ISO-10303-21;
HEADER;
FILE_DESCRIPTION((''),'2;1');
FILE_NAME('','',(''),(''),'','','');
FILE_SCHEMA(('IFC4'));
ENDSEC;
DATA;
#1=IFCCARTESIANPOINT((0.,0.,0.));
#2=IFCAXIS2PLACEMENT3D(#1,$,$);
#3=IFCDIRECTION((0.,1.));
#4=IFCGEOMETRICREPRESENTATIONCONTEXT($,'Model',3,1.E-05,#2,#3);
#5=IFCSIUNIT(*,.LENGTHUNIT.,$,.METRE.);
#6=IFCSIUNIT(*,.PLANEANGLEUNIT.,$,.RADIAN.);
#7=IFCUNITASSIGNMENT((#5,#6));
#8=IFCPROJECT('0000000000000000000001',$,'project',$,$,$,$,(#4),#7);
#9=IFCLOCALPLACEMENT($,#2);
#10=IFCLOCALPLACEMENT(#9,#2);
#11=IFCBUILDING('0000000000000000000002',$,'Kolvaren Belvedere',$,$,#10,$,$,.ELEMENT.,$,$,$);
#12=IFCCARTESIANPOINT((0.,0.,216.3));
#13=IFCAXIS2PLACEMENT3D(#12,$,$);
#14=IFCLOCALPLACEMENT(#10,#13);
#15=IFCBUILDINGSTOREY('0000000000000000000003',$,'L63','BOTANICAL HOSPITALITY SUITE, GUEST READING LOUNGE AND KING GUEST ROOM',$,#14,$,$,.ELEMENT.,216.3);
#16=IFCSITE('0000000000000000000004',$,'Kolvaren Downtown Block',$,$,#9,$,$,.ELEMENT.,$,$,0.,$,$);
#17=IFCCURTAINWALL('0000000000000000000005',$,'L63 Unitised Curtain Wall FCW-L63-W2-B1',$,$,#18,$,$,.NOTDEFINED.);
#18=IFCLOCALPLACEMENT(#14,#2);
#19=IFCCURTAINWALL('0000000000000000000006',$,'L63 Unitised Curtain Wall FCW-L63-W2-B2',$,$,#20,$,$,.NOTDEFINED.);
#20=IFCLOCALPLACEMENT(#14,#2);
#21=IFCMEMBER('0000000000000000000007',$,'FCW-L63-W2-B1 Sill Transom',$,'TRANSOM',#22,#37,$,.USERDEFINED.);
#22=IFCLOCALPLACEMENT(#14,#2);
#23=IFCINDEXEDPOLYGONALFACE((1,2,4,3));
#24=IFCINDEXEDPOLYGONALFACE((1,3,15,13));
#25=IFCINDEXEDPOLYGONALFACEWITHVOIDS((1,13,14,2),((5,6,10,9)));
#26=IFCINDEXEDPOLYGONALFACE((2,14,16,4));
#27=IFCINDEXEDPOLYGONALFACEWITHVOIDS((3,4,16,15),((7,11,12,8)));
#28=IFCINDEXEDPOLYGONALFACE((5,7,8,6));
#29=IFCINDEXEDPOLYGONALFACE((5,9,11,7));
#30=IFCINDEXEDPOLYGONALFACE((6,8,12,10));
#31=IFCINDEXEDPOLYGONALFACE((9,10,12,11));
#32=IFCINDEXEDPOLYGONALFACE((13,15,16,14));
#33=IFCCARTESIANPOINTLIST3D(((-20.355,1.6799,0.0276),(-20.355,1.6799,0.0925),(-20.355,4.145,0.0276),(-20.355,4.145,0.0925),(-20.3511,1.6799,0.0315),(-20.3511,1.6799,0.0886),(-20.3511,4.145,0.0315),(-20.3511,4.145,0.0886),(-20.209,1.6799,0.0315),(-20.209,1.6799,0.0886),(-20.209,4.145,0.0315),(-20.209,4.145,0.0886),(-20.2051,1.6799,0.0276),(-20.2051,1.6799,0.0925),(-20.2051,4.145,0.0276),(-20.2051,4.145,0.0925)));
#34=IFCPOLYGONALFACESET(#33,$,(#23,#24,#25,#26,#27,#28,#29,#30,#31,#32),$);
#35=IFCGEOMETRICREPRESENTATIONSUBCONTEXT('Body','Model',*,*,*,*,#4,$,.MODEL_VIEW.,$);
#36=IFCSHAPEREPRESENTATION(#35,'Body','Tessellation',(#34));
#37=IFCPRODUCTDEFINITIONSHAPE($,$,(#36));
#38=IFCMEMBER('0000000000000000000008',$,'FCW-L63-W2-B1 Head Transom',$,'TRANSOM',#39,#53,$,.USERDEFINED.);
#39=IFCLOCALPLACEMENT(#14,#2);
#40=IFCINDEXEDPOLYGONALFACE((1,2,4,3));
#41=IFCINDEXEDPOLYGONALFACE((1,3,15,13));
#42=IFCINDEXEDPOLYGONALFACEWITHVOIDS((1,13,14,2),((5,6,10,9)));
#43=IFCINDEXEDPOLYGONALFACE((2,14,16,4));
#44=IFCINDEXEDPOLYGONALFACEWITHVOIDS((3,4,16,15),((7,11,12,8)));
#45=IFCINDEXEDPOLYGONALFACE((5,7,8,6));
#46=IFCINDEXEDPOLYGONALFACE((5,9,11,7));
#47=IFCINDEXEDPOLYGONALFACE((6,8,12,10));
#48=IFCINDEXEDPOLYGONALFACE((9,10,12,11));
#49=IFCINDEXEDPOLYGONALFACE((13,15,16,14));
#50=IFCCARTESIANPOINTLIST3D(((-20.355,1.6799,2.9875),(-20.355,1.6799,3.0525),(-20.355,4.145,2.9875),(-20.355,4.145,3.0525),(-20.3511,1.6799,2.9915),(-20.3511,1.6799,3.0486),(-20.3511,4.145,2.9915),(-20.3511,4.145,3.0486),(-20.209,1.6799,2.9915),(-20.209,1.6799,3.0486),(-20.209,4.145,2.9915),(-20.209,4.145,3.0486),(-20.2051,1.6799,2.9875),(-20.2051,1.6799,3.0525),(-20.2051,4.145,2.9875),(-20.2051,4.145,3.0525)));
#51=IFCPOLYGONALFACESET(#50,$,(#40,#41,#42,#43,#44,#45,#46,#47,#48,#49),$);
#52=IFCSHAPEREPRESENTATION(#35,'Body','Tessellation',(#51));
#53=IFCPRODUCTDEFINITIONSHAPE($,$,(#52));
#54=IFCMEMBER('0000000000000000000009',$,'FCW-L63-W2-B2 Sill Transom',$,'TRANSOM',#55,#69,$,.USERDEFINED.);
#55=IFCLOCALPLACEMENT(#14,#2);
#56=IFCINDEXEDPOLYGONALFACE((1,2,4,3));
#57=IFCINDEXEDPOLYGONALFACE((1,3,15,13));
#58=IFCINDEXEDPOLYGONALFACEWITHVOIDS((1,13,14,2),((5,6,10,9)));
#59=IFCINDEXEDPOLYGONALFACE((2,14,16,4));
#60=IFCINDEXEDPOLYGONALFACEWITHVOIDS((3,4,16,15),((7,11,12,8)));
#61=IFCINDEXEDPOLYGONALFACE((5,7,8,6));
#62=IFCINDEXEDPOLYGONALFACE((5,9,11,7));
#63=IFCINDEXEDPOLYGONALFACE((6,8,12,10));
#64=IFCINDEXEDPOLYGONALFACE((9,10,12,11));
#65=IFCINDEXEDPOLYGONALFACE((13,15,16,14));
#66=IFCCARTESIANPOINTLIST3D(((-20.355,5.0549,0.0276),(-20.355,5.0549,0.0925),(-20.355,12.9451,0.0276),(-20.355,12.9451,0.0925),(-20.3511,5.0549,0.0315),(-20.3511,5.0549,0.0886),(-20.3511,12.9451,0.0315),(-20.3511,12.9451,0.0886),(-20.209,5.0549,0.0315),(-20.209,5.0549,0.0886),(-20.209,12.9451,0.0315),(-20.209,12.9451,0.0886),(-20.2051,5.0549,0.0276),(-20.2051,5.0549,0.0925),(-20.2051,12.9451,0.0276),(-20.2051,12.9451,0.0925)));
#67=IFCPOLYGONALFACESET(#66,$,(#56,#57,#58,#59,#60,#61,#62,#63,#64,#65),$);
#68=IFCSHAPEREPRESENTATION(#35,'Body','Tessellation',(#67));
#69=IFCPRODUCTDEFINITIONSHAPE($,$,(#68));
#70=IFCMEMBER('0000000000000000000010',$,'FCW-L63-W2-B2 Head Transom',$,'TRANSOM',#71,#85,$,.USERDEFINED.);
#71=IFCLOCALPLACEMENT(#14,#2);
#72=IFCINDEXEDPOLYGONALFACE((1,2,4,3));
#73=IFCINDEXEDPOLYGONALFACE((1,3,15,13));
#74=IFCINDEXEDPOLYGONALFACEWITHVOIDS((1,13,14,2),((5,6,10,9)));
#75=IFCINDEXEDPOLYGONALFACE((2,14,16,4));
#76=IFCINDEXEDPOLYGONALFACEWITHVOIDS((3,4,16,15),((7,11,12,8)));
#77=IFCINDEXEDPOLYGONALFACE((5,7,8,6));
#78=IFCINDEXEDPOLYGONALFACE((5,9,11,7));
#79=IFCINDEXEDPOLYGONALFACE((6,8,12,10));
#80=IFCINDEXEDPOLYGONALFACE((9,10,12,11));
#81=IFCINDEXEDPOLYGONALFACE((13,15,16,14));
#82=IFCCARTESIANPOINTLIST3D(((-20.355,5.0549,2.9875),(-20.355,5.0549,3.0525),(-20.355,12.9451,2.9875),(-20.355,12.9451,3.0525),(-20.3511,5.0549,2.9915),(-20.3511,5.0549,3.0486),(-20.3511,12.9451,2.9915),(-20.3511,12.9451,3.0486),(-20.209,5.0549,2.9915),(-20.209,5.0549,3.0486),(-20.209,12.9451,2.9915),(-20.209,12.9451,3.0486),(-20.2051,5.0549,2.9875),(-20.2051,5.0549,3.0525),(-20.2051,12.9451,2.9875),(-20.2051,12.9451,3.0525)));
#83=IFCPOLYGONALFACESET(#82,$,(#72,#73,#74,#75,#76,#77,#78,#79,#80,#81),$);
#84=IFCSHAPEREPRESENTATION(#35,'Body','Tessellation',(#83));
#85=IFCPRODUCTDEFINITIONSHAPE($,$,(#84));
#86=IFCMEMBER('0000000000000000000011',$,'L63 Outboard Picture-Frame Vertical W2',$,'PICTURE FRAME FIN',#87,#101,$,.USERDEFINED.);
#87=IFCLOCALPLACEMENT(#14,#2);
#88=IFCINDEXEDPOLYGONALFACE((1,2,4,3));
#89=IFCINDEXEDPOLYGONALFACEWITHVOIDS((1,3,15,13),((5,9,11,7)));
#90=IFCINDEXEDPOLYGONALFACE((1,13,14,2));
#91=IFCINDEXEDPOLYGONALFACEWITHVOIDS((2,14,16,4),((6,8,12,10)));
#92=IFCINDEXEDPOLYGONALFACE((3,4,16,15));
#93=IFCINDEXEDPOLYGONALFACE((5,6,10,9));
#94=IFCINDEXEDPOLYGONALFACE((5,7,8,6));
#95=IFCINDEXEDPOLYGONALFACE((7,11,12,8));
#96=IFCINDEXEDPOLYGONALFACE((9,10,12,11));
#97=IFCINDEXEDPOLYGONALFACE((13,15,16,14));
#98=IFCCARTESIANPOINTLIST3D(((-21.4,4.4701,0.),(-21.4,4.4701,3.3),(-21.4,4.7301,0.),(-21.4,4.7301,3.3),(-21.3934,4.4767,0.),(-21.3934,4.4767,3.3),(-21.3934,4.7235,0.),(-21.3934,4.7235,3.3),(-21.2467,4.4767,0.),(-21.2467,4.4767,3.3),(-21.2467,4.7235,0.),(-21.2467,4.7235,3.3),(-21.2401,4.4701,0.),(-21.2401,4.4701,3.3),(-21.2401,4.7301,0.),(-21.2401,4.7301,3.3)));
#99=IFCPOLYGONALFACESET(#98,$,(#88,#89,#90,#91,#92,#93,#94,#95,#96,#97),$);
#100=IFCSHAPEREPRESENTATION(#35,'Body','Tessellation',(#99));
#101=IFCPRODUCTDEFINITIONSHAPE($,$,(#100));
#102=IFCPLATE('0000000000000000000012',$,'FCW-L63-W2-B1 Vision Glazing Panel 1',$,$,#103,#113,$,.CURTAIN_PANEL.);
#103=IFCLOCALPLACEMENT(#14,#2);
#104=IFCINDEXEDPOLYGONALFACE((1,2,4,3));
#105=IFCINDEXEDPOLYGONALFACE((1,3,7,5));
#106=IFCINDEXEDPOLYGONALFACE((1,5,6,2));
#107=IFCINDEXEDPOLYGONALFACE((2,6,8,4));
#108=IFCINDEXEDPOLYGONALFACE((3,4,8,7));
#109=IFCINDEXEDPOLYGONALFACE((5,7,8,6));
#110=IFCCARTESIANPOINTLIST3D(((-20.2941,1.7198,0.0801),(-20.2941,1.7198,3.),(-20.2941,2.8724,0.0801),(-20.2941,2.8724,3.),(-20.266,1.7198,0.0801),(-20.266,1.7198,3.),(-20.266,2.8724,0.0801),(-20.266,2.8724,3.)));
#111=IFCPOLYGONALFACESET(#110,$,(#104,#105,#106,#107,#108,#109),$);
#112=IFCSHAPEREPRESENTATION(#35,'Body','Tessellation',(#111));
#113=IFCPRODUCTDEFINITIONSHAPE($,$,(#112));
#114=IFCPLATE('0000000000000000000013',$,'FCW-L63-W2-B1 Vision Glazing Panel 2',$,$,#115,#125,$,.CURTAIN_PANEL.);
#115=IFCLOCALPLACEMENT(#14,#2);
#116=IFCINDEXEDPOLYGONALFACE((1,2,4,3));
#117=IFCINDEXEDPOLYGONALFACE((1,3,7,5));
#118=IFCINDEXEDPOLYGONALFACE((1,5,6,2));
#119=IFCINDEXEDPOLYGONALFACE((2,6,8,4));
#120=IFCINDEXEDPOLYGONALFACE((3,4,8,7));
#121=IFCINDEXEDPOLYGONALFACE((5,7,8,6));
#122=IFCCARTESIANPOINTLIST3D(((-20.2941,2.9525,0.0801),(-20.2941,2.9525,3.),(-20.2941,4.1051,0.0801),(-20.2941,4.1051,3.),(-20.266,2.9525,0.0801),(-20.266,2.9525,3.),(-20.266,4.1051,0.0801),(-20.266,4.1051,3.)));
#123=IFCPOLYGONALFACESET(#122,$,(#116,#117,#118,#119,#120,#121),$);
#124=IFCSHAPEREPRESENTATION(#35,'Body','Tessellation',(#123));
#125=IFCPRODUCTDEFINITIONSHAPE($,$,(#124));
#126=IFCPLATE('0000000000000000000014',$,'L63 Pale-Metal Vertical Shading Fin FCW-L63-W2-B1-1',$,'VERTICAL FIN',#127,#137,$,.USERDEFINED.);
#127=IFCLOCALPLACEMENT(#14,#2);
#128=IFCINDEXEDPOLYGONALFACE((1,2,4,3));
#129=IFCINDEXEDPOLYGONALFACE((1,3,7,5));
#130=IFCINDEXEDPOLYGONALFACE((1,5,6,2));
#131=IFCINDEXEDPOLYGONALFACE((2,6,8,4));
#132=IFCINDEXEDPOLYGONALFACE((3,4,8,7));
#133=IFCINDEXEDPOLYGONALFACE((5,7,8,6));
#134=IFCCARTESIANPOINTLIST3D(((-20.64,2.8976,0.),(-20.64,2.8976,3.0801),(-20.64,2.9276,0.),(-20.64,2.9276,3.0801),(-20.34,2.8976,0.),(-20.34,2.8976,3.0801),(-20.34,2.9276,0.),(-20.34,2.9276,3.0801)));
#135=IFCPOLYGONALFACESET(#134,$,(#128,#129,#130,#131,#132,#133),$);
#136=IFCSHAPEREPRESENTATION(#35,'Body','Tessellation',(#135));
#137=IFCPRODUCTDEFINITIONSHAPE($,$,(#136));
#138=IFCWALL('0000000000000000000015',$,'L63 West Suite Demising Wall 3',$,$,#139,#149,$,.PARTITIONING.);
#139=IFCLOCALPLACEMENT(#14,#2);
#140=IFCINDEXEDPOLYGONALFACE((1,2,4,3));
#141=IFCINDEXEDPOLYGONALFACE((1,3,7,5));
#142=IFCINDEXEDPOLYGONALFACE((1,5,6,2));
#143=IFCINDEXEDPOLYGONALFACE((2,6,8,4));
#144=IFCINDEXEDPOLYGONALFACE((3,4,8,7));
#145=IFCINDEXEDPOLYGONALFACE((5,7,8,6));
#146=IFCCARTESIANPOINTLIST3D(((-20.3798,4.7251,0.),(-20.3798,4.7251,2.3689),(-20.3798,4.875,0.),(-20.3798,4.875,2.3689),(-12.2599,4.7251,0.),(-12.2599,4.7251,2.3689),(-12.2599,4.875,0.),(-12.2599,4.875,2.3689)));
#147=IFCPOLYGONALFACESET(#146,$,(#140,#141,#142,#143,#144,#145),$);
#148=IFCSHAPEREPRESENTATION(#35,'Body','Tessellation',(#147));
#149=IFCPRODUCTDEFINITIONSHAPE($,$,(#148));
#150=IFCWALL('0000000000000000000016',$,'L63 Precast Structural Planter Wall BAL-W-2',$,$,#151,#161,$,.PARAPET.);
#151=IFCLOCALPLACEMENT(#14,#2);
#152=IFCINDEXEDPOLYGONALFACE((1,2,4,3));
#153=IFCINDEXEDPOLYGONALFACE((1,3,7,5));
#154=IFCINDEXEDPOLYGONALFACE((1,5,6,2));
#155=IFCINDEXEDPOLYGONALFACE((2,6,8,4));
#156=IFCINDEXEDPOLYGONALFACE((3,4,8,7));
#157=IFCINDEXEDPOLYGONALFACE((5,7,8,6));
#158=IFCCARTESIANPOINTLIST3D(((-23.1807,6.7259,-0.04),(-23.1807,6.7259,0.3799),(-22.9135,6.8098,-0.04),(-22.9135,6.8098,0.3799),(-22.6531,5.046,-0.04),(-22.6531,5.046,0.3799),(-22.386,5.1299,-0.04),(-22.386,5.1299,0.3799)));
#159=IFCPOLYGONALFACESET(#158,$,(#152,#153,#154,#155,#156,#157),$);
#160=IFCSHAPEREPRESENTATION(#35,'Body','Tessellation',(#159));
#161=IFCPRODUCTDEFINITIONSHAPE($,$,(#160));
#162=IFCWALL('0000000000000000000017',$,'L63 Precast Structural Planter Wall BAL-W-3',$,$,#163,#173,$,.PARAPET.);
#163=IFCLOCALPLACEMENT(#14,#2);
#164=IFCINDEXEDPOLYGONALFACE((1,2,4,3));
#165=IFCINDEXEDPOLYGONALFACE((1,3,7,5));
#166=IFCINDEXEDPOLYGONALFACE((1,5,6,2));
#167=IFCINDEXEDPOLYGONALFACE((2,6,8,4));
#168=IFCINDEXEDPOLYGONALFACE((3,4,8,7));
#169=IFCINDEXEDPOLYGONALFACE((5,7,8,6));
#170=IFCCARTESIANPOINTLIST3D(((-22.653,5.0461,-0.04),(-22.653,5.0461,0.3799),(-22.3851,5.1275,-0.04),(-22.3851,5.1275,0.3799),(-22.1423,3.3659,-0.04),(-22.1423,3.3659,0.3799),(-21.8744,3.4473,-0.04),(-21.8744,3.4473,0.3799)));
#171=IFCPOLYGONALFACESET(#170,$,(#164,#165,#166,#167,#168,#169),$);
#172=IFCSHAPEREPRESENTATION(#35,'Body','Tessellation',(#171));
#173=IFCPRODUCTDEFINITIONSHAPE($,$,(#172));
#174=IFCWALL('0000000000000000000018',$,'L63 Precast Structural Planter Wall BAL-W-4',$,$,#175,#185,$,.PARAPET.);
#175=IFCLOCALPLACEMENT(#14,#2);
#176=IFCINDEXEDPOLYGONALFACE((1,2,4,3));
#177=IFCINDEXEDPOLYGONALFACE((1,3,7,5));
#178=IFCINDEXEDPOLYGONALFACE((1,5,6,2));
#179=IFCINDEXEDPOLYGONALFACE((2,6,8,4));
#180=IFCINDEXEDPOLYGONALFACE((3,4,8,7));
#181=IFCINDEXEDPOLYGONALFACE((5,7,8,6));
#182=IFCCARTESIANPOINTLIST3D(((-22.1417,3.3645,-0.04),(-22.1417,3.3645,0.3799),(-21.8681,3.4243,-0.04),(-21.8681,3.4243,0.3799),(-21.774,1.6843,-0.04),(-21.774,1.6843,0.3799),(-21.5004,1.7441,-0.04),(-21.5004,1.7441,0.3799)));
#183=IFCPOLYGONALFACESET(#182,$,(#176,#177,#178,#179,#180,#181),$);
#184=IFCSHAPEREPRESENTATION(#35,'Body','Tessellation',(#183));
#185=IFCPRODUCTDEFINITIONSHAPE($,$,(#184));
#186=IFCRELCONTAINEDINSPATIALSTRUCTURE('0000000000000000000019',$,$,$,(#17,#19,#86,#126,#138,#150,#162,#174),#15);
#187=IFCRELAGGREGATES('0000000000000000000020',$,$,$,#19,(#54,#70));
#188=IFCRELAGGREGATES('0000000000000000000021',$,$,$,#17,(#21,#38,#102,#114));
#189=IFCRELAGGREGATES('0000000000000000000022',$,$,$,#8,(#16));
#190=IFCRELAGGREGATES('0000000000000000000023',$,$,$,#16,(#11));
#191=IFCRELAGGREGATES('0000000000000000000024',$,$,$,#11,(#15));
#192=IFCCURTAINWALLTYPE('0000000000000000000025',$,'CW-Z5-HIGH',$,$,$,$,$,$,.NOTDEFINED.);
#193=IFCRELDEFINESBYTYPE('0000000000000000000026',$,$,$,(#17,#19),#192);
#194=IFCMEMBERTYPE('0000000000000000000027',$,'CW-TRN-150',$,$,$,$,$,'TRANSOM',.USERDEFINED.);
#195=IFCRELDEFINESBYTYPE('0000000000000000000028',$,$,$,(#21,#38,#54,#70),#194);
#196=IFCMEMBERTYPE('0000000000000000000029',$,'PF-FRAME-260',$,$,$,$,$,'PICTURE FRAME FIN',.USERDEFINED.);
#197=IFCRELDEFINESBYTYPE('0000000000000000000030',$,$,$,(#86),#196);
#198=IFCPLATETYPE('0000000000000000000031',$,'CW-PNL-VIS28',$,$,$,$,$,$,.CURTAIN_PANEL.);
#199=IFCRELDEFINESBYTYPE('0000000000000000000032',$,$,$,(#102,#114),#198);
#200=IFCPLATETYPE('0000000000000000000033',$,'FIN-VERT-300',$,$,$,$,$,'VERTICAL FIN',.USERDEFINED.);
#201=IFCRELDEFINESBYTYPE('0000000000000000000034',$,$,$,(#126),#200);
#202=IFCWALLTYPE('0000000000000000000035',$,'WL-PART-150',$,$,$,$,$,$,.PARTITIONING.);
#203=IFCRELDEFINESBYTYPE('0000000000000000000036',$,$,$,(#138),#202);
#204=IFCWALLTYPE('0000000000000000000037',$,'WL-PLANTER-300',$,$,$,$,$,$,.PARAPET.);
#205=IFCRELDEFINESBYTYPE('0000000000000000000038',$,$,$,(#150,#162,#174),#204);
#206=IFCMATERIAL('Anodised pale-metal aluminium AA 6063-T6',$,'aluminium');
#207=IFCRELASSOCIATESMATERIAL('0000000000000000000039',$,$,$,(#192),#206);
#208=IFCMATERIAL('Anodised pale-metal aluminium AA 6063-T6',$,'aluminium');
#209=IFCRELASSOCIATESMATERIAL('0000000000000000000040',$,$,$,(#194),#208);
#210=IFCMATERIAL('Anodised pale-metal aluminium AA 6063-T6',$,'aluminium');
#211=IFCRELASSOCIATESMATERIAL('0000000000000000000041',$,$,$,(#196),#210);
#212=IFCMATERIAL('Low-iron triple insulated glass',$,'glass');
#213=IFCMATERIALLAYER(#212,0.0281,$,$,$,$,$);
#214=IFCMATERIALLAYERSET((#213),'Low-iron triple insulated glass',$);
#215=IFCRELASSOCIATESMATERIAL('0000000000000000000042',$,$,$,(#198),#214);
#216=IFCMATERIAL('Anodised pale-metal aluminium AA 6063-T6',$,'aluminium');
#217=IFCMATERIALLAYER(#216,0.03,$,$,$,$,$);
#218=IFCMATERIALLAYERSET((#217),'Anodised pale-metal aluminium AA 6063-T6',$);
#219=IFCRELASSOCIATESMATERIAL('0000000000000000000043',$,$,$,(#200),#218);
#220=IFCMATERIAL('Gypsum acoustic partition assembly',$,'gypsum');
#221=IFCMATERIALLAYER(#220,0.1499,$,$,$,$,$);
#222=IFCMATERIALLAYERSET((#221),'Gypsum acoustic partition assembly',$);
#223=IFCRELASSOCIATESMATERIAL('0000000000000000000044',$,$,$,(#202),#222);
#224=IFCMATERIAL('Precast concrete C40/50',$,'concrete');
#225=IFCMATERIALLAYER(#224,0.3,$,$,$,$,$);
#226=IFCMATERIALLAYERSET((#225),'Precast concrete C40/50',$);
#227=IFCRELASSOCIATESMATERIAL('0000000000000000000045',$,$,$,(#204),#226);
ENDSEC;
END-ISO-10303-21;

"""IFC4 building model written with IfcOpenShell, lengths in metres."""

from ifc_helpers import new_model, si_unit, direction, frame, frame_2d, origin, origin_2d, place, context, subcontext, project, spatial, rectangle, hollow_rectangle, extrude, material, layer, layer_set, material_profile, profile_set, type_object, element, aggregate, save


model = new_model("IFC4")

# Units and contexts
model_context = context("Model", 3, precision=1e-05, world=origin(), true_north=direction((0.0, 1.0)))
body_context = subcontext(model_context, "Body", "Model", "MODEL_VIEW")
ifc_project = project(units=[si_unit("LENGTHUNIT", "METRE"), si_unit("PLANEANGLEUNIT", "RADIAN")], contexts=[model_context])

# Site, building, storey
site_placement = place(None, origin())
site = spatial("IfcSite", under=ifc_project, at=site_placement, Name="Kolvaren Downtown Block", CompositionType="ELEMENT", RefElevation=0.0)
building_placement = place(site_placement, origin())
building = spatial("IfcBuilding", under=site, at=building_placement, Name="Kolvaren Belvedere", CompositionType="ELEMENT")
storey_placement = place(building_placement, frame((0.0, 0.0, 216.3)))
storey = spatial("IfcBuildingStorey", under=building, at=storey_placement, Name="L63", Description="BOTANICAL HOSPITALITY SUITE, GUEST READING LOUNGE AND KING GUEST ROOM", CompositionType="ELEMENT", Elevation=216.3)

# Curtain wall
ifc_material_1 = material(Name="Anodised pale-metal aluminium AA 6063-T6", Category="aluminium")
curtain_wall_type = type_object("IfcCurtainWallType", Name="CW-Z5-HIGH", PredefinedType="NOTDEFINED", material=ifc_material_1)
curtain_wall_1_placement = place(storey_placement, origin())
curtain_wall_1 = element("IfcCurtainWall", 1, at=curtain_wall_1_placement, inside=storey, type_object=curtain_wall_type, Name="L63 Unitised Curtain Wall FCW-L63-W2-B1", PredefinedType="NOTDEFINED")

# Curtain wall
curtain_wall_2_placement = place(storey_placement, origin())
curtain_wall_2 = element("IfcCurtainWall", 2, at=curtain_wall_2_placement, inside=storey, type_object=curtain_wall_type, Name="L63 Unitised Curtain Wall FCW-L63-W2-B2", PredefinedType="NOTDEFINED")

# Members
ifc_material_2 = material(Name="Anodised pale-metal aluminium AA 6063-T6", Category="aluminium")
ifc_material_profile_1 = material_profile(ifc_material_2, hollow_rectangle(XDim=0.0649, YDim=0.1499, WallThickness=0.0039, at=origin_2d()), Name="ALU-TRN-150X65")
ifc_profile_set_1 = profile_set([ifc_material_profile_1], Name="Anodised pale-metal aluminium AA 6063-T6")
member_type_1 = type_object("IfcMemberType", Name="CW-TRN-150", ElementType="TRANSOM", PredefinedType="USERDEFINED", material=ifc_profile_set_1)
member_1_placement = place(storey_placement, frame((-20.28, 1.6799, 0.0601), z_axis=(0.0, 1.0, 0.0), x_axis=(0.0, 0.0, 1.0)))
member_1 = element("IfcMember", 3, at=member_1_placement, type_object=member_type_1, Name="FCW-L63-W2-B1 Sill Transom", ObjectType="TRANSOM", PredefinedType="USERDEFINED", context=body_context, shape_type="SweptSolid", body=[
    extrude(hollow_rectangle(XDim=0.0649, YDim=0.1499, WallThickness=0.0039, at=origin_2d()), origin(), (0.0, 0.0, 1.0), 2.4651),
])
member_2_placement = place(storey_placement, frame((-20.28, 1.6799, 3.02), z_axis=(0.0, 1.0, 0.0), x_axis=(0.0, 0.0, 1.0)))
member_2 = element("IfcMember", 4, at=member_2_placement, type_object=member_type_1, Name="FCW-L63-W2-B1 Head Transom", ObjectType="TRANSOM", PredefinedType="USERDEFINED", context=body_context, shape_type="SweptSolid", body=[
    extrude(hollow_rectangle(XDim=0.0649, YDim=0.1499, WallThickness=0.0039, at=origin_2d()), origin(), (0.0, 0.0, 1.0), 2.4651),
])
member_3_placement = place(storey_placement, frame((-20.28, 5.0549, 0.0601), z_axis=(0.0, 1.0, 0.0), x_axis=(0.0, 0.0, 1.0)))
member_3 = element("IfcMember", 5, at=member_3_placement, type_object=member_type_1, Name="FCW-L63-W2-B2 Sill Transom", ObjectType="TRANSOM", PredefinedType="USERDEFINED", context=body_context, shape_type="SweptSolid", body=[
    extrude(hollow_rectangle(XDim=0.0649, YDim=0.1499, WallThickness=0.0039, at=origin_2d()), origin(), (0.0, 0.0, 1.0), 7.8901),
])
member_4_placement = place(storey_placement, frame((-20.28, 5.0549, 3.02), z_axis=(0.0, 1.0, 0.0), x_axis=(0.0, 0.0, 1.0)))
member_4 = element("IfcMember", 6, at=member_4_placement, type_object=member_type_1, Name="FCW-L63-W2-B2 Head Transom", ObjectType="TRANSOM", PredefinedType="USERDEFINED", context=body_context, shape_type="SweptSolid", body=[
    extrude(hollow_rectangle(XDim=0.0649, YDim=0.1499, WallThickness=0.0039, at=origin_2d()), origin(), (0.0, 0.0, 1.0), 7.8901),
])
aggregate(curtain_wall_2, [member_3, member_4])
ifc_material_3 = material(Name="Anodised pale-metal aluminium AA 6063-T6", Category="aluminium")
ifc_material_profile_2 = material_profile(ifc_material_3, hollow_rectangle(XDim=0.1599, YDim=0.26, WallThickness=0.0066, at=origin_2d()), Name="ALU-PF-260X160")
ifc_profile_set_2 = profile_set([ifc_material_profile_2], Name="Anodised pale-metal aluminium AA 6063-T6")
member_type_2 = type_object("IfcMemberType", Name="PF-FRAME-260", ElementType="PICTURE FRAME FIN", PredefinedType="USERDEFINED", material=ifc_profile_set_2)
member_5_placement = place(storey_placement, frame((-21.3201, 4.6001, 0.0), z_axis=(0.0, 0.0, 1.0), x_axis=(1.0, 0.0, 0.0)))
element("IfcMember", 7, at=member_5_placement, inside=storey, type_object=member_type_2, Name="L63 Outboard Picture-Frame Vertical W2", ObjectType="PICTURE FRAME FIN", PredefinedType="USERDEFINED", context=body_context, shape_type="SweptSolid", body=[
    extrude(hollow_rectangle(XDim=0.1599, YDim=0.26, WallThickness=0.0066, at=origin_2d()), origin(), (0.0, 0.0, 1.0), 3.3),
])

# Plates
ifc_material_4 = material(Name="Low-iron triple insulated glass", Category="glass")
ifc_layer_1 = layer(ifc_material_4, 0.0281)
ifc_layer_set_1 = layer_set([ifc_layer_1], Name="Low-iron triple insulated glass")
plate_type_1 = type_object("IfcPlateType", Name="CW-PNL-VIS28", PredefinedType="CURTAIN_PANEL", material=ifc_layer_set_1)
plate_1_placement = place(storey_placement, frame((-20.28, 2.2961, 0.0801), z_axis=(0.0, 0.0, 1.0), x_axis=(0.0, 1.0, 0.0)))
plate_1 = element("IfcPlate", 8, at=plate_1_placement, type_object=plate_type_1, Name="FCW-L63-W2-B1 Vision Glazing Panel 1", PredefinedType="CURTAIN_PANEL", context=body_context, shape_type="SweptSolid", body=[
    extrude(rectangle(XDim=1.1526, YDim=0.0281, at=origin_2d()), origin(), (0.0, 0.0, 1.0), 2.9199),
])
plate_2_placement = place(storey_placement, frame((-20.28, 3.5288, 0.0801), z_axis=(0.0, 0.0, 1.0), x_axis=(0.0, 1.0, 0.0)))
plate_2 = element("IfcPlate", 9, at=plate_2_placement, type_object=plate_type_1, Name="FCW-L63-W2-B1 Vision Glazing Panel 2", PredefinedType="CURTAIN_PANEL", context=body_context, shape_type="SweptSolid", body=[
    extrude(rectangle(XDim=1.1526, YDim=0.0281, at=origin_2d()), origin(), (0.0, 0.0, 1.0), 2.9199),
])
aggregate(curtain_wall_1, [member_1, member_2, plate_1, plate_2])
ifc_material_5 = material(Name="Anodised pale-metal aluminium AA 6063-T6", Category="aluminium")
ifc_layer_2 = layer(ifc_material_5, 0.03)
ifc_layer_set_2 = layer_set([ifc_layer_2], Name="Anodised pale-metal aluminium AA 6063-T6")
plate_type_2 = type_object("IfcPlateType", Name="FIN-VERT-300", ElementType="VERTICAL FIN", PredefinedType="USERDEFINED", material=ifc_layer_set_2)
plate_3_placement = place(storey_placement, frame((-20.49, 2.9126, 0.0), z_axis=(0.0, 0.0, 1.0), x_axis=(1.0, 0.0, 0.0)))
element("IfcPlate", 10, at=plate_3_placement, inside=storey, type_object=plate_type_2, Name="L63 Pale-Metal Vertical Shading Fin FCW-L63-W2-B1-1", ObjectType="VERTICAL FIN", PredefinedType="USERDEFINED", context=body_context, shape_type="SweptSolid", body=[
    extrude(rectangle(XDim=0.3, YDim=0.03, at=origin_2d()), origin(), (0.0, 0.0, 1.0), 3.0801),
])

# Walls
ifc_material_6 = material(Name="Gypsum acoustic partition assembly", Category="gypsum")
ifc_layer_3 = layer(ifc_material_6, 0.1499)
ifc_layer_set_3 = layer_set([ifc_layer_3], Name="Gypsum acoustic partition assembly")
wall_type_1 = type_object("IfcWallType", Name="WL-PART-150", PredefinedType="PARTITIONING", material=ifc_layer_set_3)
wall_1_placement = place(storey_placement, frame((-20.3799, 4.8, 0.0), z_axis=(0.0, 0.0, 1.0), x_axis=(1.0, 0.0, 0.0)))
element("IfcWall", 11, at=wall_1_placement, inside=storey, type_object=wall_type_1, Name="L63 West Suite Demising Wall 3", PredefinedType="PARTITIONING", context=body_context, shape_type="SweptSolid", body=[
    extrude(rectangle(XDim=8.1199, YDim=0.1499, at=frame_2d((4.0601, 0.0))), origin(), (0.0, 0.0, 1.0), 2.3689),
])
ifc_material_7 = material(Name="Precast concrete C40/50", Category="concrete")
ifc_layer_4 = layer(ifc_material_7, 0.3)
ifc_layer_set_4 = layer_set([ifc_layer_4], Name="Precast concrete C40/50")
wall_type_2 = type_object("IfcWallType", Name="WL-PLANTER-300", PredefinedType="PARAPET", material=ifc_layer_set_4)
wall_2_placement = place(storey_placement, frame((-23.0471, 6.7678, -0.04), z_axis=(0.0, 0.0, 1.0), x_axis=(0.299625, -0.954057, 0.0)))
element("IfcWall", 12, at=wall_2_placement, inside=storey, type_object=wall_type_2, Name="L63 Precast Structural Planter Wall BAL-W-2", PredefinedType="PARAPET", context=body_context, shape_type="SweptSolid", body=[
    extrude(rectangle(XDim=1.7607, YDim=0.28, at=frame_2d((0.8804, 0.0))), origin(), (0.0, 0.0, 1.0), 0.4199),
])
wall_3_placement = place(storey_placement, frame((-22.519, 5.0867, -0.04), z_axis=(0.0, 0.0, 1.0), x_axis=(0.290841, -0.956771, 0.0)))
element("IfcWall", 13, at=wall_3_placement, inside=storey, type_object=wall_type_2, Name="L63 Precast Structural Planter Wall BAL-W-3", PredefinedType="PARAPET", context=body_context, shape_type="SweptSolid", body=[
    extrude(rectangle(XDim=1.7561, YDim=0.28, at=frame_2d((0.8779, 0.0))), origin(), (0.0, 0.0, 1.0), 0.4199),
])
wall_4_placement = place(storey_placement, frame((-22.0049, 3.3943, -0.04), z_axis=(0.0, 0.0, 1.0), x_axis=(0.213773, -0.976883, 0.0)))
element("IfcWall", 14, at=wall_4_placement, inside=storey, type_object=wall_type_2, Name="L63 Precast Structural Planter Wall BAL-W-4", PredefinedType="PARAPET", context=body_context, shape_type="SweptSolid", body=[
    extrude(rectangle(XDim=1.72, YDim=0.28, at=frame_2d((0.8599, 0.0))), origin(), (0.0, 0.0, 1.0), 0.4199),
])

save(model, "model.ifc")
